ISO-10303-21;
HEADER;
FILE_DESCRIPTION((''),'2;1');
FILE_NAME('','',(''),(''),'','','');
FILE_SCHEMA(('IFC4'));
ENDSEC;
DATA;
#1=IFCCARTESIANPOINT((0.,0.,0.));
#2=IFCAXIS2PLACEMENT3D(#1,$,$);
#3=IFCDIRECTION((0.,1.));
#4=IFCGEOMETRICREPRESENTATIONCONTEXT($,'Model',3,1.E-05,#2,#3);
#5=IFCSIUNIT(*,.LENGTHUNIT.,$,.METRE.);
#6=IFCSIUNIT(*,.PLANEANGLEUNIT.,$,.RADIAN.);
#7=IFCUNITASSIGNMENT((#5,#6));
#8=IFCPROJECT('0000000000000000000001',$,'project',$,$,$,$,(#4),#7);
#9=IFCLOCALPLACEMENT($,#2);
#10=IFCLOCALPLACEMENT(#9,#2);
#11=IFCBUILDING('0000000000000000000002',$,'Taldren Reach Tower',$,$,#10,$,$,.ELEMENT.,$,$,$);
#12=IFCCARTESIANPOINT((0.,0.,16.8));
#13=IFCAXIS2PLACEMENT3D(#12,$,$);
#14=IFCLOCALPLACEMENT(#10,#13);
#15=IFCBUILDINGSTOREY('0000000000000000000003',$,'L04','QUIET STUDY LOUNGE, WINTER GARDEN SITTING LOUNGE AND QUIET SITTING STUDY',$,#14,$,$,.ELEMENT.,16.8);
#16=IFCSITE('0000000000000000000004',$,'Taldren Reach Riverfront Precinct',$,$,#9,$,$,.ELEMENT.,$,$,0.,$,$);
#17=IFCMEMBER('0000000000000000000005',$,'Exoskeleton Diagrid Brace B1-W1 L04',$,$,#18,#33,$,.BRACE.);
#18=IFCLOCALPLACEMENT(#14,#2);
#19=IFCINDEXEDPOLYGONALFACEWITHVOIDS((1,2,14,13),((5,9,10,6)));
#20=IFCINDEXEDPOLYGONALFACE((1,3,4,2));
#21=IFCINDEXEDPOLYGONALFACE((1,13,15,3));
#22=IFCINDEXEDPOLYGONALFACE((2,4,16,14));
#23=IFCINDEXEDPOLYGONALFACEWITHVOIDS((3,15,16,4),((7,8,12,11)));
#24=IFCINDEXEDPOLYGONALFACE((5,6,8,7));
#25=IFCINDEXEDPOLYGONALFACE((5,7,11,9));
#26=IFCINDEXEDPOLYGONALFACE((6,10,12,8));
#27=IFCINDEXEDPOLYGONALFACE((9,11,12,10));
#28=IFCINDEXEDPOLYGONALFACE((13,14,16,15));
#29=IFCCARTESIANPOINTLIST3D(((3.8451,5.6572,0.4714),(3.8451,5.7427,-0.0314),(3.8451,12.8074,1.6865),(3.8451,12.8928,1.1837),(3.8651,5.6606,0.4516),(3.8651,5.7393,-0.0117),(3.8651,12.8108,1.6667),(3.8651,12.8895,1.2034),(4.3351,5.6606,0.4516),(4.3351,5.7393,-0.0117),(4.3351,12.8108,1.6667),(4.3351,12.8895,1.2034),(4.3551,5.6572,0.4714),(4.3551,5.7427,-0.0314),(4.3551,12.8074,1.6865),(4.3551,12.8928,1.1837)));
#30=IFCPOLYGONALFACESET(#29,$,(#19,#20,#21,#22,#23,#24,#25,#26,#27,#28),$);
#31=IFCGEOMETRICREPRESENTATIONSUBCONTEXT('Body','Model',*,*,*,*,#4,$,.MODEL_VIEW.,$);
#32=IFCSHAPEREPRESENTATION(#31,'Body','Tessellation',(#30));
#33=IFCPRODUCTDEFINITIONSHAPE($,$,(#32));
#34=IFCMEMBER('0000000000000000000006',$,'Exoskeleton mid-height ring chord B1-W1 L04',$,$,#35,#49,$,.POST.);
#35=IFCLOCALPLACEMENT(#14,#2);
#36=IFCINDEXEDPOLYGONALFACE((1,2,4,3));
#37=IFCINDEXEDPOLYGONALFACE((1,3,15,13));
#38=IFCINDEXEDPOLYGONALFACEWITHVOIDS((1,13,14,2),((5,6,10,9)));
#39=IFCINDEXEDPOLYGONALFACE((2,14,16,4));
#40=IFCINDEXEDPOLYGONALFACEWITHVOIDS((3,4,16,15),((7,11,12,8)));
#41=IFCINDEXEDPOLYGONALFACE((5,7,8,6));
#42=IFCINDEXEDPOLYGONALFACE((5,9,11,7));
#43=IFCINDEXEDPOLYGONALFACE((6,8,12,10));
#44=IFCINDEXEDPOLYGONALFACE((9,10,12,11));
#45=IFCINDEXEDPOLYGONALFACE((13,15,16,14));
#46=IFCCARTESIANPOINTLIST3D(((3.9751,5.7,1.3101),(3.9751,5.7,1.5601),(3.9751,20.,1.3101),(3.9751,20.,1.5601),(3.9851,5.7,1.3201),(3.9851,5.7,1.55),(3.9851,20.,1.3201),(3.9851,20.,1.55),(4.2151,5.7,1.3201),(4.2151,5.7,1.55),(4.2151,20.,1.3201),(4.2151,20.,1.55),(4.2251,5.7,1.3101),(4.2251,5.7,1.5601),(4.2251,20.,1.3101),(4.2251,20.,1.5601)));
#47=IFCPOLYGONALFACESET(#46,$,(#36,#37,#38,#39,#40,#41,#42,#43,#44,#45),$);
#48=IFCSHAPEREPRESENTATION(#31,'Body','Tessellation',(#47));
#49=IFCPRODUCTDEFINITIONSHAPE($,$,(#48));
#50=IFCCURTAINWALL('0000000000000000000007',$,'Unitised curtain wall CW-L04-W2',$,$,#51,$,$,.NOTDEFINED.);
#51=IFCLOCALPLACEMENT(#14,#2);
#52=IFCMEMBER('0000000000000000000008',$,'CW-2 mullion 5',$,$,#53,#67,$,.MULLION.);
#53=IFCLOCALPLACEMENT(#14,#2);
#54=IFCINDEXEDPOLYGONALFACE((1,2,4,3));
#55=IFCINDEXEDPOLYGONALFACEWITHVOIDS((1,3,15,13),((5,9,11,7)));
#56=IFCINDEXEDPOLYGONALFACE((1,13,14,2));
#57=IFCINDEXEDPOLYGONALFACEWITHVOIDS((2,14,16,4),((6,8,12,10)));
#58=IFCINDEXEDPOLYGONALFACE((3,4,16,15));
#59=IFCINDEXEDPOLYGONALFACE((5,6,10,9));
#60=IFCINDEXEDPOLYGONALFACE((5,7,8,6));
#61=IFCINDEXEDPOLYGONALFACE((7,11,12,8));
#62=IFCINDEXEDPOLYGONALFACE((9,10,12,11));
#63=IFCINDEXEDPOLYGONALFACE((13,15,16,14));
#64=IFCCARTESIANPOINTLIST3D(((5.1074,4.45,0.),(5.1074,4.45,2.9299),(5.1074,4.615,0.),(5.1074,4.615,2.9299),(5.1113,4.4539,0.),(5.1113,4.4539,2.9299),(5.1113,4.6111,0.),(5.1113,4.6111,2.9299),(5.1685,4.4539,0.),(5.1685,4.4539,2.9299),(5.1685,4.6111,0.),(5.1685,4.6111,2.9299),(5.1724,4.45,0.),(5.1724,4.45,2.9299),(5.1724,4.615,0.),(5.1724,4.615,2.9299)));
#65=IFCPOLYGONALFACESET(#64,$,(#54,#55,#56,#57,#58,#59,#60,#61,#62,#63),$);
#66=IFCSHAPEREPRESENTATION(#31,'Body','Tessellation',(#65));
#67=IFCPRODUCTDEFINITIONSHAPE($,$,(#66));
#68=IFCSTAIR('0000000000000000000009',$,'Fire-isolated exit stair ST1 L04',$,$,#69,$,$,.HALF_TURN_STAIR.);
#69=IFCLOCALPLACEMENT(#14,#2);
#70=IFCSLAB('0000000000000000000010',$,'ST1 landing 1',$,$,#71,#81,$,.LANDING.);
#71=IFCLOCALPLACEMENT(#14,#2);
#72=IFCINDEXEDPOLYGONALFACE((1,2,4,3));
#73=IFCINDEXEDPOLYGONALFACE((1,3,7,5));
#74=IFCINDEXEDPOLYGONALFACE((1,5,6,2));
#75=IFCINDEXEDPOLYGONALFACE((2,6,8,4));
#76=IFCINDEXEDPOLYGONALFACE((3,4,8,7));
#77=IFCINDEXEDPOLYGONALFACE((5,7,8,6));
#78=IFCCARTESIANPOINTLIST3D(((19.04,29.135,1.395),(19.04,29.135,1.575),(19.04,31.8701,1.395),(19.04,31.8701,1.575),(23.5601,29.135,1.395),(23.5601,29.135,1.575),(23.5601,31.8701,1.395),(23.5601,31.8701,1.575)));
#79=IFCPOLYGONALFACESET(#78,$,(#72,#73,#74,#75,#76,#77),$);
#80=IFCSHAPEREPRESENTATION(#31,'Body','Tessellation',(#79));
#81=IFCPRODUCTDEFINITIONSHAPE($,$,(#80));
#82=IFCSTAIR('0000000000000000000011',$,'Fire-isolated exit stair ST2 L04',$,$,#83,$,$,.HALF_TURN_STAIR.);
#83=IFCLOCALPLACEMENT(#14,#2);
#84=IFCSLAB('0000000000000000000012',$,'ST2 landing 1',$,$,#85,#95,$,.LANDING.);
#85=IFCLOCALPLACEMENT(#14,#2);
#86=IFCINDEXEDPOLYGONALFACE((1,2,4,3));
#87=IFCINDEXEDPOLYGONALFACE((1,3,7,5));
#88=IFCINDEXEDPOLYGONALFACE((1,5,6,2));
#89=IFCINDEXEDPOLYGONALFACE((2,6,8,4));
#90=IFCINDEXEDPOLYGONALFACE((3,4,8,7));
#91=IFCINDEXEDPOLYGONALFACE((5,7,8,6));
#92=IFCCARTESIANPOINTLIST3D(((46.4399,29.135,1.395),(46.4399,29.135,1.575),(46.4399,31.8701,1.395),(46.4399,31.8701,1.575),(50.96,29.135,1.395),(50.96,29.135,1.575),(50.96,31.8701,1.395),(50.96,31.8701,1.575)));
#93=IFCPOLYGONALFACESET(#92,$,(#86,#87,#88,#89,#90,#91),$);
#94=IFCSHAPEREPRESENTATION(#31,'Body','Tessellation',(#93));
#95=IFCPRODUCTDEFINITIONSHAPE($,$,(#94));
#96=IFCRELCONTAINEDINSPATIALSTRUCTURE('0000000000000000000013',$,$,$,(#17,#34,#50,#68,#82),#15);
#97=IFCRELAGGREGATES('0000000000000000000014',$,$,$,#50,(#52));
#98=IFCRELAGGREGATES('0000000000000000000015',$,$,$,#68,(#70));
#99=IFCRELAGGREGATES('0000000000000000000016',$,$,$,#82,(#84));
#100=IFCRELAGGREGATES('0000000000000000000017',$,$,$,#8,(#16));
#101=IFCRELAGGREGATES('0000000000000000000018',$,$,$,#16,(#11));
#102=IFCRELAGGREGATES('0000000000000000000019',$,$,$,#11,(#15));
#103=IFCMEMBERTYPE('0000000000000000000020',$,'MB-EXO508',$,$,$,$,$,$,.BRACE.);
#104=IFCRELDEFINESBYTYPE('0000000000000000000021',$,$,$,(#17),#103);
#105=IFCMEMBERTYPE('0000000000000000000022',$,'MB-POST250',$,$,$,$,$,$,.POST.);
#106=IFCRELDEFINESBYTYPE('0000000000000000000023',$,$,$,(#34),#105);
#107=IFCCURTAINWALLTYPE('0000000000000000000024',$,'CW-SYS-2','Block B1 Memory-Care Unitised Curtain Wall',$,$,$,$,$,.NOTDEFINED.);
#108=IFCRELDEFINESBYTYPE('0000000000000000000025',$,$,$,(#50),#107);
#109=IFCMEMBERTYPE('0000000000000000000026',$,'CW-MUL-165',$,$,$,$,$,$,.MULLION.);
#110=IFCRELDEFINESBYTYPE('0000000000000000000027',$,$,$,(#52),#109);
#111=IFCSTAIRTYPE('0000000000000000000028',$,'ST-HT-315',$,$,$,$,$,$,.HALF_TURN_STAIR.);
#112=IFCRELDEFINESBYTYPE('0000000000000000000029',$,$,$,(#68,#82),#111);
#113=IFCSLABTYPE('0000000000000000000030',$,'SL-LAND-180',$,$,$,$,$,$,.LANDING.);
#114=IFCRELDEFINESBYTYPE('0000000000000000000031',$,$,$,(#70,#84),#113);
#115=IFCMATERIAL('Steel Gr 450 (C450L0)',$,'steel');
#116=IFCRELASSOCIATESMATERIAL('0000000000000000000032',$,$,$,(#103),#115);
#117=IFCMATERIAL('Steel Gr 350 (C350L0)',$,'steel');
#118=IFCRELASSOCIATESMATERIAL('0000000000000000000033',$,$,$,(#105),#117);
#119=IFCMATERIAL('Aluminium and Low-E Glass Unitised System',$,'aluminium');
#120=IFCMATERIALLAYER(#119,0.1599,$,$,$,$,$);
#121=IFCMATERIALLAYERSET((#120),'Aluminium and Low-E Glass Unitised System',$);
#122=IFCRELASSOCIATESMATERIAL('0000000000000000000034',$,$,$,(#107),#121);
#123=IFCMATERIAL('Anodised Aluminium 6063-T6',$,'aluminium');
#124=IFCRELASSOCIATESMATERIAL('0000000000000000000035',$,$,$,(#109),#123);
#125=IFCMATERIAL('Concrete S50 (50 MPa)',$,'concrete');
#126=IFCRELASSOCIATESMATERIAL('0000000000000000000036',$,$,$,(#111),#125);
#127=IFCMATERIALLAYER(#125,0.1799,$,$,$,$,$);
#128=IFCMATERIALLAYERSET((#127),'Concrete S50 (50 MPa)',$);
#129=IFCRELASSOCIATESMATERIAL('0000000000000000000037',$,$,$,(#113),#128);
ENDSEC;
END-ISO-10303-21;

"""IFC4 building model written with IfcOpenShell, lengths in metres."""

from ifc_helpers import new_model, si_unit, direction, frame, origin, origin_2d, place, context, subcontext, project, spatial, polyline, hollow_rectangle, outline, extrude, source, transform, mapped, material, layer, layer_set, material_profile, profile_set, type_object, element, aggregate, save


model = new_model("IFC4")

# Units and contexts
model_context = context("Model", 3, precision=1e-05, world=origin(), true_north=direction((0.0, 1.0)))
body_context = subcontext(model_context, "Body", "Model", "MODEL_VIEW")
ifc_project = project(units=[si_unit("LENGTHUNIT", "METRE"), si_unit("PLANEANGLEUNIT", "RADIAN")], contexts=[model_context])

# Site, building, storey
site_placement = place(None, origin())
site = spatial("IfcSite", under=ifc_project, at=site_placement, Name="Taldren Reach Riverfront Precinct", CompositionType="ELEMENT", RefElevation=0.0)
building_placement = place(site_placement, origin())
building = spatial("IfcBuilding", under=site, at=building_placement, Name="Taldren Reach Tower", CompositionType="ELEMENT")
storey_placement = place(building_placement, frame((0.0, 0.0, 16.8)))
storey = spatial("IfcBuildingStorey", under=building, at=storey_placement, Name="L04", Description="QUIET STUDY LOUNGE, WINTER GARDEN SITTING LOUNGE AND QUIET SITTING STUDY", CompositionType="ELEMENT", Elevation=16.8)

# Members
ifc_material_1 = material(Name="Steel Gr 450 (C450L0)", Category="steel")
ifc_material_profile_1 = material_profile(ifc_material_1, hollow_rectangle(XDim=0.51, YDim=0.51, WallThickness=0.02, at=origin_2d()), Name="510x510x20.0SHS")
ifc_profile_set_1 = profile_set([ifc_material_profile_1], Name="Steel Gr 450 (C450L0)")
member_type_1 = type_object("IfcMemberType", Name="MB-EXO508", PredefinedType="BRACE", material=ifc_profile_set_1)
shared_shape_1 = source(origin(), body_context, "Body", "SweptSolid", [
    extrude(hollow_rectangle(XDim=0.51, YDim=0.51, WallThickness=0.02, at=origin_2d()), origin(), (0.0, 0.0, 1.0), 7.2527),
])
member_1_placement = place(storey_placement, frame((4.1001, 5.7, 0.22), z_axis=(0.0, 0.985866, 0.167537), x_axis=(-1.0, 0.0, 0.0)))
element("IfcMember", 1, at=member_1_placement, inside=storey, type_object=member_type_1, Name="Exoskeleton Diagrid Brace B1-W1 L04", PredefinedType="BRACE", context=body_context, shape_type="MappedRepresentation", body=[
    mapped(shared_shape_1, transform((0.0, 0.0, 0.0), scale=1.0)),
])
ifc_material_2 = material(Name="Steel Gr 350 (C350L0)", Category="steel")
ifc_material_profile_2 = material_profile(ifc_material_2, hollow_rectangle(XDim=0.25, YDim=0.25, WallThickness=0.01, at=origin_2d()), Name="250x250x10.0SHS")
ifc_profile_set_2 = profile_set([ifc_material_profile_2], Name="Steel Gr 350 (C350L0)")
member_type_2 = type_object("IfcMemberType", Name="MB-POST250", PredefinedType="POST", material=ifc_profile_set_2)
shared_shape_2 = source(origin(), body_context, "Body", "SweptSolid", [
    extrude(hollow_rectangle(XDim=0.25, YDim=0.25, WallThickness=0.01, at=origin_2d()), origin(), (0.0, 0.0, 1.0), 14.3),
])
member_2_placement = place(storey_placement, frame((4.1001, 5.7, 1.4351), z_axis=(0.0, 1.0, 0.0), x_axis=(-1.0, 0.0, 0.0)))
element("IfcMember", 2, at=member_2_placement, inside=storey, type_object=member_type_2, Name="Exoskeleton mid-height ring chord B1-W1 L04", PredefinedType="POST", context=body_context, shape_type="MappedRepresentation", body=[
    mapped(shared_shape_2, transform((0.0, 0.0, 0.0), scale=1.0)),
])

# Curtain wall, member
ifc_material_3 = material(Name="Aluminium and Low-E Glass Unitised System", Category="aluminium")
ifc_layer_1 = layer(ifc_material_3, 0.1599)
ifc_layer_set_1 = layer_set([ifc_layer_1], Name="Aluminium and Low-E Glass Unitised System")
curtain_wall_type = type_object("IfcCurtainWallType", Name="CW-SYS-2", Description="Block B1 Memory-Care Unitised Curtain Wall", PredefinedType="NOTDEFINED", material=ifc_layer_set_1)
curtain_wall_placement = place(storey_placement, origin())
curtain_wall = element("IfcCurtainWall", 3, at=curtain_wall_placement, inside=storey, type_object=curtain_wall_type, Name="Unitised curtain wall CW-L04-W2", PredefinedType="NOTDEFINED")
ifc_material_4 = material(Name="Anodised Aluminium 6063-T6", Category="aluminium")
ifc_material_profile_3 = material_profile(ifc_material_4, hollow_rectangle(XDim=0.0649, YDim=0.165, WallThickness=0.0039, at=origin_2d()), Name="ALU-165x65x4RHS")
ifc_profile_set_3 = profile_set([ifc_material_profile_3], Name="Anodised Aluminium 6063-T6")
member_type_3 = type_object("IfcMemberType", Name="CW-MUL-165", PredefinedType="MULLION", material=ifc_profile_set_3)
shared_shape_3 = source(origin(), body_context, "Body", "SweptSolid", [
    extrude(hollow_rectangle(XDim=0.0649, YDim=0.165, WallThickness=0.0039, at=origin_2d()), origin(), (0.0, 0.0, 1.0), 2.9299),
])
member_3_placement = place(storey_placement, frame((5.1399, 4.5325, 0.0), z_axis=(0.0, 0.0, 1.0), x_axis=(1.0, 0.0, 0.0)))
member_3 = element("IfcMember", 4, at=member_3_placement, type_object=member_type_3, Name="CW-2 mullion 5", PredefinedType="MULLION", context=body_context, shape_type="MappedRepresentation", body=[
    mapped(shared_shape_3, transform((0.0, 0.0, 0.0), scale=1.0)),
])
aggregate(curtain_wall, [member_3])

# Stairs, slabs
ifc_material_5 = material(Name="Concrete S50 (50 MPa)", Category="concrete")
stair_type = type_object("IfcStairType", Name="ST-HT-315", PredefinedType="HALF_TURN_STAIR", material=ifc_material_5)
stair_1_placement = place(storey_placement, origin())
stair_1 = element("IfcStair", 5, at=stair_1_placement, inside=storey, type_object=stair_type, Name="Fire-isolated exit stair ST1 L04", PredefinedType="HALF_TURN_STAIR")
ifc_layer_2 = layer(ifc_material_5, 0.1799)
ifc_layer_set_2 = layer_set([ifc_layer_2], Name="Concrete S50 (50 MPa)")
slab_type_1 = type_object("IfcSlabType", Name="SL-LAND-180", PredefinedType="LANDING", material=ifc_layer_set_2)
slab_1_placement = place(storey_placement, frame((0.0, 0.0, 1.395)))
slab_1 = element("IfcSlab", 6, at=slab_1_placement, type_object=slab_type_1, Name="ST1 landing 1", PredefinedType="LANDING", context=body_context, shape_type="SweptSolid", body=[
    extrude(outline(polyline([(19.04, 29.135), (23.5601, 29.135), (23.5601, 31.8701), (19.04, 31.8701), (19.04, 29.135)])), origin(), (0.0, 0.0, 1.0), 0.1799),
])
aggregate(stair_1, [slab_1])
stair_2_placement = place(storey_placement, origin())
stair_2 = element("IfcStair", 7, at=stair_2_placement, inside=storey, type_object=stair_type, Name="Fire-isolated exit stair ST2 L04", PredefinedType="HALF_TURN_STAIR")
slab_2_placement = place(storey_placement, frame((0.0, 0.0, 1.395)))
slab_2 = element("IfcSlab", 8, at=slab_2_placement, type_object=slab_type_1, Name="ST2 landing 1", PredefinedType="LANDING", context=body_context, shape_type="SweptSolid", body=[
    extrude(outline(polyline([(46.4399, 29.135), (50.96, 29.135), (50.96, 31.8701), (46.4399, 31.8701), (46.4399, 29.135)])), origin(), (0.0, 0.0, 1.0), 0.1799),
])
aggregate(stair_2, [slab_2])

save(model, "model.ifc")
